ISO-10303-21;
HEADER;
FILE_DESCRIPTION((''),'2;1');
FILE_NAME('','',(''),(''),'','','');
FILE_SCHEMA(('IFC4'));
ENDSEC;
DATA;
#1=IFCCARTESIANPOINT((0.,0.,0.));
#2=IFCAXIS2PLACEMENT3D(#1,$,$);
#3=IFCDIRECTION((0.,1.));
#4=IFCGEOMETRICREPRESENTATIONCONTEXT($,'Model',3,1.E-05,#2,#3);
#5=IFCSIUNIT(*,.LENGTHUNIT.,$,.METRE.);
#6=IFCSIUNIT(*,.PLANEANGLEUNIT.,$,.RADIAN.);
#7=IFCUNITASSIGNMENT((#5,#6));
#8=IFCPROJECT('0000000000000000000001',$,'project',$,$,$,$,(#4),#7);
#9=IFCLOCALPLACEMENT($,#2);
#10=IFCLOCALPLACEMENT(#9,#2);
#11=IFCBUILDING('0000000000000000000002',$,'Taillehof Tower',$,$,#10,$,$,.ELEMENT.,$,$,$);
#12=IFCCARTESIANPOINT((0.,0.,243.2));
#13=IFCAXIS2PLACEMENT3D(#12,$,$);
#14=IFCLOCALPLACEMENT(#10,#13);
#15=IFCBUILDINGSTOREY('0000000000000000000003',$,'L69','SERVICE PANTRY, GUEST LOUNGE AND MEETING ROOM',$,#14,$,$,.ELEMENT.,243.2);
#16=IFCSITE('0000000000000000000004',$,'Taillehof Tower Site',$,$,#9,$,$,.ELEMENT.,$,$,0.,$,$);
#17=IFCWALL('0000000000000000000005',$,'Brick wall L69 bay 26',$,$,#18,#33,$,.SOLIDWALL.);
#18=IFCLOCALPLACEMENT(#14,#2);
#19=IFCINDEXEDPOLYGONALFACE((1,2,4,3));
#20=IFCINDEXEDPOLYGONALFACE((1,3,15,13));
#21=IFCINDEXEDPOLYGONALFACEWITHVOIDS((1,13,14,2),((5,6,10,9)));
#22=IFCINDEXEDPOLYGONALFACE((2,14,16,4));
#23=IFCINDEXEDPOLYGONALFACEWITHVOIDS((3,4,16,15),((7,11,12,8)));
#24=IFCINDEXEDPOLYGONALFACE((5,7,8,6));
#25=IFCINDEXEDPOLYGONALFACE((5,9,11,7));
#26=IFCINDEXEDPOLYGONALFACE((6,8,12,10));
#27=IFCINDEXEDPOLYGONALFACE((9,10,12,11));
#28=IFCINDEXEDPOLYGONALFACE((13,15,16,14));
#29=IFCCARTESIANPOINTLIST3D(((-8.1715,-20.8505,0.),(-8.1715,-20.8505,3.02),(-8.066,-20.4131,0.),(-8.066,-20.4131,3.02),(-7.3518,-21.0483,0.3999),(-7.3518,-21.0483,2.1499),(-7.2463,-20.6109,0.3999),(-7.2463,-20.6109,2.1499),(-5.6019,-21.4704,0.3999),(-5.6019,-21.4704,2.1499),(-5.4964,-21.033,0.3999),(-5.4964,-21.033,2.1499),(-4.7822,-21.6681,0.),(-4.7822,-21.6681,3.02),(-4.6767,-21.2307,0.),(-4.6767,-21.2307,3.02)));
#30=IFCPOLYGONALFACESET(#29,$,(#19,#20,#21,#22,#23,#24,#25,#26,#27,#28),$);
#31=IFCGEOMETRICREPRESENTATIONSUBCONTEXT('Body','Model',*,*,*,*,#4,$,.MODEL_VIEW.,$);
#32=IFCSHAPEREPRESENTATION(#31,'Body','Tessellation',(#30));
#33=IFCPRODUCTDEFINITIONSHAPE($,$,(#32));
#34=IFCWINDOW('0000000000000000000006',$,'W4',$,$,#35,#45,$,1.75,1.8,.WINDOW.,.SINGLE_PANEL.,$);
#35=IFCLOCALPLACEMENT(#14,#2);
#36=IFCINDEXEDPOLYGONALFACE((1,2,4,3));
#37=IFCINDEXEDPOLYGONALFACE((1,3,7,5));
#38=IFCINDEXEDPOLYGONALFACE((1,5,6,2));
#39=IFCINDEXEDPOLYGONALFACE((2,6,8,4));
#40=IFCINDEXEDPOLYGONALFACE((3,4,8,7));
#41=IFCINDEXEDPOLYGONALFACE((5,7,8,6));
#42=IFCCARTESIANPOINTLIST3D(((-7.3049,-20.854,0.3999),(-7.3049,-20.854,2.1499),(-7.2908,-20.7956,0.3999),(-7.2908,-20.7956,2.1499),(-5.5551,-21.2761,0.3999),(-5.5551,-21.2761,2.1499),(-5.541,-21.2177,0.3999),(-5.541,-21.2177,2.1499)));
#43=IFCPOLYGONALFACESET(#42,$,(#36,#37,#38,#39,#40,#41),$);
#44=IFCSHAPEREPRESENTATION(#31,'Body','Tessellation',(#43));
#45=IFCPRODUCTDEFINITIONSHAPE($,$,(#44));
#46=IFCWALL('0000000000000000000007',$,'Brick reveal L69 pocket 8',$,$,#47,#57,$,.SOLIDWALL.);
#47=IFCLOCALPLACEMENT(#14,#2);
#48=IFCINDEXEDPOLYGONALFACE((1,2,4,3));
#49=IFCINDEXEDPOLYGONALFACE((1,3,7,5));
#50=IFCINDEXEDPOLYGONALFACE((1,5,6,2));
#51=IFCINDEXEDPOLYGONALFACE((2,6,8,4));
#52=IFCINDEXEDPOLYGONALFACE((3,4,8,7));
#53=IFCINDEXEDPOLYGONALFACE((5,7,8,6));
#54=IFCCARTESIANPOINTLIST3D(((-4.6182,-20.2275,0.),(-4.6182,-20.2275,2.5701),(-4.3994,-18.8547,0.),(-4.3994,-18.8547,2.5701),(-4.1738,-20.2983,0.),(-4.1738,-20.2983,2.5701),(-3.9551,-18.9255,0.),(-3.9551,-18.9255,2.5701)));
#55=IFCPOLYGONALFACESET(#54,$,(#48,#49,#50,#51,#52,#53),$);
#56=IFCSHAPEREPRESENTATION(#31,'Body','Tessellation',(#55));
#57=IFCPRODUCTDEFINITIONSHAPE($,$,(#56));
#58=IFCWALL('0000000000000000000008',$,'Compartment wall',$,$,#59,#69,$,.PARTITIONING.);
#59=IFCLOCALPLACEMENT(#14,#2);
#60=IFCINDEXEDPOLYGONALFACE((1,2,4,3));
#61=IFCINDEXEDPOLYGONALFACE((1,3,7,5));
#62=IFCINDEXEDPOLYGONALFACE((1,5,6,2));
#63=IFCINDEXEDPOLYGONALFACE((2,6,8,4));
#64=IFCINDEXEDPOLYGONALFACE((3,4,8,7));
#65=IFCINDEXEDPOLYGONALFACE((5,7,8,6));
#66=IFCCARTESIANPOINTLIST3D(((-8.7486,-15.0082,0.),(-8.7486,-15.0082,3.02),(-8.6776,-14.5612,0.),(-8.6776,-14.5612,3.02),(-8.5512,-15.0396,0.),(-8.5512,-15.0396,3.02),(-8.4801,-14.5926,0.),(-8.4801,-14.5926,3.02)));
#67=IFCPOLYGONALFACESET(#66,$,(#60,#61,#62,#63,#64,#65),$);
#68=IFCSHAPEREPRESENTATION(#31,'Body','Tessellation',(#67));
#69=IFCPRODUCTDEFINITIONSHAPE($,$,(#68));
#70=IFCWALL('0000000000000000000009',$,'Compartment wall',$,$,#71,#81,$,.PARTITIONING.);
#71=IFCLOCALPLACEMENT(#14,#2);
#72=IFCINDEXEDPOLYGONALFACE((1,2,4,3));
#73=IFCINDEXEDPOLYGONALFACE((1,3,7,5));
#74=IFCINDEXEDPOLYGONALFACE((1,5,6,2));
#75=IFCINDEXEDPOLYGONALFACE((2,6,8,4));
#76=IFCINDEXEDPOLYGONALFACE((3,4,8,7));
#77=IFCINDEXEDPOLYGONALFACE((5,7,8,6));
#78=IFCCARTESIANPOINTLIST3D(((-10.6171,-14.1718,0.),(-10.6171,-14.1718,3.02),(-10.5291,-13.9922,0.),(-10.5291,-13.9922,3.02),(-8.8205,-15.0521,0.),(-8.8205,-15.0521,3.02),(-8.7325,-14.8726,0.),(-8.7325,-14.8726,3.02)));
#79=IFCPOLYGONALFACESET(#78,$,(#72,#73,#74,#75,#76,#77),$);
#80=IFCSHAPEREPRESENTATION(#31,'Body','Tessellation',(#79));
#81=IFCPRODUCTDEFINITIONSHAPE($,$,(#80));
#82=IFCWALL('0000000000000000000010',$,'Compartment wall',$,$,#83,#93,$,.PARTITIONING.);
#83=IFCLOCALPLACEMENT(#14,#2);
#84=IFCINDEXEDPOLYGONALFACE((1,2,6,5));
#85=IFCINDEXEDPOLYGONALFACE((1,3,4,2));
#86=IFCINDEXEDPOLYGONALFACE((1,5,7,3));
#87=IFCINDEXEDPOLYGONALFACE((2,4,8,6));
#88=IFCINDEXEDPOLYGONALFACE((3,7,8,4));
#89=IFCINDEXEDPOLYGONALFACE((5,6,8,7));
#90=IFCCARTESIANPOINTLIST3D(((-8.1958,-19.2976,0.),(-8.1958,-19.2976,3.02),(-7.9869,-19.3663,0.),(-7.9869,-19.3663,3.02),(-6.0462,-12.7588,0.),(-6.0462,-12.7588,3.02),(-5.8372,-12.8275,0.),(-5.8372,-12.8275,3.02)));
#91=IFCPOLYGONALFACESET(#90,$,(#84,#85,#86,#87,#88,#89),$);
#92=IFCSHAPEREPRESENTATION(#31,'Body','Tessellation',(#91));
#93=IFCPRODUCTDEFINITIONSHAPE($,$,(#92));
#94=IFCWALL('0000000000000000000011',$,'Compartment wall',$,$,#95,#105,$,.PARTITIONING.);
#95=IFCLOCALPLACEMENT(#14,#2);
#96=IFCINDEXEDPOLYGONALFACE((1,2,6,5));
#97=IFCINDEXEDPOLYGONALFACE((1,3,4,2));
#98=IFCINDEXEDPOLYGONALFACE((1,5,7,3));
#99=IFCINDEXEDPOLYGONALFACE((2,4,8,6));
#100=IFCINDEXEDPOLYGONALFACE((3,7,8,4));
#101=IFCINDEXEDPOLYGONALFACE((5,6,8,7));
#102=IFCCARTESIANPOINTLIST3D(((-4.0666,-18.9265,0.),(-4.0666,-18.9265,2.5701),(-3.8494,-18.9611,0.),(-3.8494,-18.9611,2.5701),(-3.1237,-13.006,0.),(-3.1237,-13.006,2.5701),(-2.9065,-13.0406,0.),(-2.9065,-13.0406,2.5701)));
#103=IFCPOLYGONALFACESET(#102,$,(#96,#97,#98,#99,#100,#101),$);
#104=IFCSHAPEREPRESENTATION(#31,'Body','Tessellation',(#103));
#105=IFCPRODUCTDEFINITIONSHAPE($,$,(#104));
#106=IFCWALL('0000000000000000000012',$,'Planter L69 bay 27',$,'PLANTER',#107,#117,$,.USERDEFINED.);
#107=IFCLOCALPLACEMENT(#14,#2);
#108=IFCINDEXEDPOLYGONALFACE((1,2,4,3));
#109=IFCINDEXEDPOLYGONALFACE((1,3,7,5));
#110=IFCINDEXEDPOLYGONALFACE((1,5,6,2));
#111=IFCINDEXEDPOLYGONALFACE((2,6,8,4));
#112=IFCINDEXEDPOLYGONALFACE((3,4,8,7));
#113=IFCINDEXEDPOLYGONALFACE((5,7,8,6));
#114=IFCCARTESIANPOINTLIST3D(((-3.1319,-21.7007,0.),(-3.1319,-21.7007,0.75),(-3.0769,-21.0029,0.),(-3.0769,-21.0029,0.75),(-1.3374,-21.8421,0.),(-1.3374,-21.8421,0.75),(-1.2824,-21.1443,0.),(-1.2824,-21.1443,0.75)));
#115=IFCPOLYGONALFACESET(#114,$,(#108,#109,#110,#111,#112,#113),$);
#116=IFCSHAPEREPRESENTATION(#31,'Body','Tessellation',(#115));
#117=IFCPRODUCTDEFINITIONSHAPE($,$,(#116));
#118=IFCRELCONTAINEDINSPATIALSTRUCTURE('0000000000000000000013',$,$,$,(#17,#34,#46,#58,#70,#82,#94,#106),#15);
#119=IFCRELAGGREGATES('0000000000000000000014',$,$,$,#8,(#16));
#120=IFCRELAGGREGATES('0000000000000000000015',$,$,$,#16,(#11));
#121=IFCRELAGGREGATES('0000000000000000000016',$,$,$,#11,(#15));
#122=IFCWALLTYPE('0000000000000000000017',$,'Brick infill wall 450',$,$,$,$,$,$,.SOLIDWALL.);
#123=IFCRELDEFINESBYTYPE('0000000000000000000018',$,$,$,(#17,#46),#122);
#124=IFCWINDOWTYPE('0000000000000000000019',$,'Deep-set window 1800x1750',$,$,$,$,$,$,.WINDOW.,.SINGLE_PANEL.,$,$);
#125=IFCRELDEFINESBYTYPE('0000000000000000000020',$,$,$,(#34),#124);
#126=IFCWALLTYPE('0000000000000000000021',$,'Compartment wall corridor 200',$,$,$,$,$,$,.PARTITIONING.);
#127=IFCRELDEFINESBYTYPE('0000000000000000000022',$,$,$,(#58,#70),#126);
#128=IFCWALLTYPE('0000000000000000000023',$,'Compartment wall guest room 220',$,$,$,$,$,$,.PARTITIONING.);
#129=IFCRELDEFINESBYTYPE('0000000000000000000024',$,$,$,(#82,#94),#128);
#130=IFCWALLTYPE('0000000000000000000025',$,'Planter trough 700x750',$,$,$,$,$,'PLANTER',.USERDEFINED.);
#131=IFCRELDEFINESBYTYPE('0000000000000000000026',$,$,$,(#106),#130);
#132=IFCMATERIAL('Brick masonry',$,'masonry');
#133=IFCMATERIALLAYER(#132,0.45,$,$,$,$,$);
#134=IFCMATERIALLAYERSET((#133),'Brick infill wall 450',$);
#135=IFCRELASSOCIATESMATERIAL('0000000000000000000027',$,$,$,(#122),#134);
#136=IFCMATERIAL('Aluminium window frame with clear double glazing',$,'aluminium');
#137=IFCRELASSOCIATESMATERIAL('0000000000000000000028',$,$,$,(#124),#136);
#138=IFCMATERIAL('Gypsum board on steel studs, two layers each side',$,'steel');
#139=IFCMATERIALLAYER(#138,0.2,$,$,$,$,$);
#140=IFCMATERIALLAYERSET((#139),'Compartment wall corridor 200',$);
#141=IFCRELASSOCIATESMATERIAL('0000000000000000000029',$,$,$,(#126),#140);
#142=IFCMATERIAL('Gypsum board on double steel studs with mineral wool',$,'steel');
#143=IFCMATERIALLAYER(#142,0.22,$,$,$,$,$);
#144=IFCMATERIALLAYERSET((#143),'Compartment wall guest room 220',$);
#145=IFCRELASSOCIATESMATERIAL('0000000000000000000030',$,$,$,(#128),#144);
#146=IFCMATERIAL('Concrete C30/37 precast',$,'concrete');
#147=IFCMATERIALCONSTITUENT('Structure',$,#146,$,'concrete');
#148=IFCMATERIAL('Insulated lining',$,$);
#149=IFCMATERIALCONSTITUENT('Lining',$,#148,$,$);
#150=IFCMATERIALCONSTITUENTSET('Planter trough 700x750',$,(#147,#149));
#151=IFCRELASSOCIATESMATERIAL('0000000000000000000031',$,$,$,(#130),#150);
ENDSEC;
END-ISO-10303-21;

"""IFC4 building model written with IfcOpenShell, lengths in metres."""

from ifc_helpers import new_model, si_unit, direction, frame, frame_2d, origin, place, context, subcontext, project, spatial, rectangle, extrude, material, layer, layer_set, constituent, constituent_set, type_object, element, fill, save


model = new_model("IFC4")

# Units and contexts
model_context = context("Model", 3, precision=1e-05, world=origin(), true_north=direction((0.0, 1.0)))
body_context = subcontext(model_context, "Body", "Model", "MODEL_VIEW")
ifc_project = project(units=[si_unit("LENGTHUNIT", "METRE"), si_unit("PLANEANGLEUNIT", "RADIAN")], contexts=[model_context])

# Site, building, storey
site_placement = place(None, origin())
site = spatial("IfcSite", under=ifc_project, at=site_placement, Name="Taillehof Tower Site", CompositionType="ELEMENT", RefElevation=0.0)
building_placement = place(site_placement, origin())
building = spatial("IfcBuilding", under=site, at=building_placement, Name="Taillehof Tower", CompositionType="ELEMENT")
storey_placement = place(building_placement, frame((0.0, 0.0, 243.2)))
storey = spatial("IfcBuildingStorey", under=building, at=storey_placement, Name="L69", Description="SERVICE PANTRY, GUEST LOUNGE AND MEETING ROOM", CompositionType="ELEMENT", Elevation=243.2)

# Wall, opening, window
ifc_material_1 = material(Name="Brick masonry", Category="masonry")
ifc_layer_1 = layer(ifc_material_1, 0.45)
ifc_layer_set_1 = layer_set([ifc_layer_1], Name="Brick infill wall 450")
wall_type_1 = type_object("IfcWallType", Name="Brick infill wall 450", PredefinedType="SOLIDWALL", material=ifc_layer_set_1)
ifc_material_2 = material(Name="Aluminium window frame with clear double glazing", Category="aluminium")
window_type_1 = type_object("IfcWindowType", Name="Deep-set window 1800x1750", PartitioningType="SINGLE_PANEL", PredefinedType="WINDOW", material=ifc_material_2)
wall_1_placement = place(storey_placement, frame((-8.1187, -20.6318, 0.0), z_axis=(0.0, 0.0, 1.0), x_axis=(0.972115, -0.234504, 0.0)))
wall_1 = element("IfcWall", 1, at=wall_1_placement, inside=storey, type_object=wall_type_1, Name="Brick wall L69 bay 26", PredefinedType="SOLIDWALL", context=body_context, shape_type="SweptSolid", body=[
    extrude(rectangle(XDim=3.4866, YDim=0.45, at=frame_2d((1.7432, 0.0))), origin(), (0.0, 0.0, 1.0), 3.02),
])
opening_1_placement = place(wall_1_placement, frame((0.8433, 0.0, 0.3999)))
opening_1 = element("IfcOpeningElement", 2, at=opening_1_placement, cuts=wall_1, PredefinedType="OPENING", context=body_context, shape_type="SweptSolid", body=[
    extrude(rectangle(XDim=1.8, YDim=1.75, at=frame_2d((0.8999, 0.875))), frame((0.0, 0.2349, 0.0), z_axis=(0.0, -1.0, 0.0), x_axis=(1.0, 0.0, 0.0)), (0.0, 0.0, 1.0), 0.47),
])
window_1_placement = place(opening_1_placement, origin())
window_1 = element("IfcWindow", 3, at=window_1_placement, inside=storey, type_object=window_type_1, Name="W4", OverallHeight=1.75, OverallWidth=1.8, PartitioningType="SINGLE_PANEL", PredefinedType="WINDOW", context=body_context, shape_type="SweptSolid", body=[
    extrude(rectangle(XDim=1.8, YDim=1.75, at=frame_2d((0.8999, 0.875))), frame((0.0, 0.0349, 0.0), z_axis=(0.0, -1.0, 0.0), x_axis=(1.0, 0.0, 0.0)), (0.0, 0.0, 1.0), 0.0601),
])
fill(opening_1, window_1)

# Wall
wall_2_placement = place(storey_placement, frame((-4.396, -20.2629, 0.0), z_axis=(0.0, 0.0, 1.0), x_axis=(0.15736, 0.987541, 0.0)))
element("IfcWall", 4, at=wall_2_placement, inside=storey, type_object=wall_type_1, Name="Brick reveal L69 pocket 8", PredefinedType="SOLIDWALL", context=body_context, shape_type="SweptSolid", body=[
    extrude(rectangle(XDim=1.3901, YDim=0.45, at=frame_2d((0.6951, 0.0))), origin(), (0.0, 0.0, 1.0), 2.5701),
])

# Walls
ifc_material_3 = material(Name="Gypsum board on steel studs, two layers each side", Category="steel")
ifc_layer_2 = layer(ifc_material_3, 0.2)
ifc_layer_set_2 = layer_set([ifc_layer_2], Name="Compartment wall corridor 200")
wall_type_2 = type_object("IfcWallType", Name="Compartment wall corridor 200", PredefinedType="PARTITIONING", material=ifc_layer_set_2)
wall_3_placement = place(storey_placement, frame((-8.5789, -14.5769, 0.0), z_axis=(0.0, 0.0, 1.0), x_axis=(-0.15696, -0.987605, 0.0)))
element("IfcWall", 5, at=wall_3_placement, inside=storey, type_object=wall_type_2, Name="Compartment wall", PredefinedType="PARTITIONING", context=body_context, shape_type="SweptSolid", body=[
    extrude(rectangle(XDim=0.4526, YDim=0.2, at=frame_2d((0.2263, 0.0))), origin(), (0.0, 0.0, 1.0), 3.02),
])
wall_4_placement = place(storey_placement, frame((-8.7764, -14.9624, 0.0), z_axis=(0.0, 0.0, 1.0), x_axis=(-0.897986, 0.440024, 0.0)))
element("IfcWall", 6, at=wall_4_placement, inside=storey, type_object=wall_type_2, Name="Compartment wall", PredefinedType="PARTITIONING", context=body_context, shape_type="SweptSolid", body=[
    extrude(rectangle(XDim=2.0007, YDim=0.2, at=frame_2d((1.0005, 0.0))), origin(), (0.0, 0.0, 1.0), 3.02),
])
ifc_material_4 = material(Name="Gypsum board on double steel studs with mineral wool", Category="steel")
ifc_layer_3 = layer(ifc_material_4, 0.22)
ifc_layer_set_3 = layer_set([ifc_layer_3], Name="Compartment wall guest room 220")
wall_type_3 = type_object("IfcWallType", Name="Compartment wall guest room 220", PredefinedType="PARTITIONING", material=ifc_layer_set_3)
wall_5_placement = place(storey_placement, frame((-8.0913, -19.3318, 0.0), z_axis=(0.0, 0.0, 1.0), x_axis=(0.312309, 0.94998, 0.0)))
element("IfcWall", 7, at=wall_5_placement, inside=storey, type_object=wall_type_3, Name="Compartment wall", PredefinedType="PARTITIONING", context=body_context, shape_type="SweptSolid", body=[
    extrude(rectangle(XDim=6.8831, YDim=0.22, at=frame_2d((3.4414, 0.0))), origin(), (0.0, 0.0, 1.0), 3.02),
])
wall_6_placement = place(storey_placement, frame((-3.958, -18.9438, 0.0), z_axis=(0.0, 0.0, 1.0), x_axis=(0.157276, 0.987555, 0.0)))
element("IfcWall", 8, at=wall_6_placement, inside=storey, type_object=wall_type_3, Name="Compartment wall", PredefinedType="PARTITIONING", context=body_context, shape_type="SweptSolid", body=[
    extrude(rectangle(XDim=5.9951, YDim=0.22, at=frame_2d((2.9976, 0.0))), origin(), (0.0, 0.0, 1.0), 2.5701),
])
ifc_material_5 = material(Name="Concrete C30/37 precast", Category="concrete")
ifc_constituent_1 = constituent(ifc_material_5, Name="Structure", Category="concrete")
ifc_material_6 = material(Name="Insulated lining")
ifc_constituent_2 = constituent(ifc_material_6, Name="Lining")
ifc_constituent_set = constituent_set(constituents=[ifc_constituent_1, ifc_constituent_2], Name="Planter trough 700x750")
wall_type_4 = type_object("IfcWallType", Name="Planter trough 700x750", ElementType="PLANTER", PredefinedType="USERDEFINED", material=ifc_constituent_set)
wall_7_placement = place(storey_placement, frame((-3.1042, -21.3518, 0.0), z_axis=(0.0, 0.0, 1.0), x_axis=(0.996912, -0.078532, 0.0)))
element("IfcWall", 9, at=wall_7_placement, inside=storey, type_object=wall_type_4, Name="Planter L69 bay 27", ObjectType="PLANTER", PredefinedType="USERDEFINED", context=body_context, shape_type="SweptSolid", body=[
    extrude(rectangle(XDim=1.8, YDim=0.7, at=frame_2d((0.8999, 0.0))), origin(), (0.0, 0.0, 1.0), 0.75),
])

save(model, "model.ifc")
